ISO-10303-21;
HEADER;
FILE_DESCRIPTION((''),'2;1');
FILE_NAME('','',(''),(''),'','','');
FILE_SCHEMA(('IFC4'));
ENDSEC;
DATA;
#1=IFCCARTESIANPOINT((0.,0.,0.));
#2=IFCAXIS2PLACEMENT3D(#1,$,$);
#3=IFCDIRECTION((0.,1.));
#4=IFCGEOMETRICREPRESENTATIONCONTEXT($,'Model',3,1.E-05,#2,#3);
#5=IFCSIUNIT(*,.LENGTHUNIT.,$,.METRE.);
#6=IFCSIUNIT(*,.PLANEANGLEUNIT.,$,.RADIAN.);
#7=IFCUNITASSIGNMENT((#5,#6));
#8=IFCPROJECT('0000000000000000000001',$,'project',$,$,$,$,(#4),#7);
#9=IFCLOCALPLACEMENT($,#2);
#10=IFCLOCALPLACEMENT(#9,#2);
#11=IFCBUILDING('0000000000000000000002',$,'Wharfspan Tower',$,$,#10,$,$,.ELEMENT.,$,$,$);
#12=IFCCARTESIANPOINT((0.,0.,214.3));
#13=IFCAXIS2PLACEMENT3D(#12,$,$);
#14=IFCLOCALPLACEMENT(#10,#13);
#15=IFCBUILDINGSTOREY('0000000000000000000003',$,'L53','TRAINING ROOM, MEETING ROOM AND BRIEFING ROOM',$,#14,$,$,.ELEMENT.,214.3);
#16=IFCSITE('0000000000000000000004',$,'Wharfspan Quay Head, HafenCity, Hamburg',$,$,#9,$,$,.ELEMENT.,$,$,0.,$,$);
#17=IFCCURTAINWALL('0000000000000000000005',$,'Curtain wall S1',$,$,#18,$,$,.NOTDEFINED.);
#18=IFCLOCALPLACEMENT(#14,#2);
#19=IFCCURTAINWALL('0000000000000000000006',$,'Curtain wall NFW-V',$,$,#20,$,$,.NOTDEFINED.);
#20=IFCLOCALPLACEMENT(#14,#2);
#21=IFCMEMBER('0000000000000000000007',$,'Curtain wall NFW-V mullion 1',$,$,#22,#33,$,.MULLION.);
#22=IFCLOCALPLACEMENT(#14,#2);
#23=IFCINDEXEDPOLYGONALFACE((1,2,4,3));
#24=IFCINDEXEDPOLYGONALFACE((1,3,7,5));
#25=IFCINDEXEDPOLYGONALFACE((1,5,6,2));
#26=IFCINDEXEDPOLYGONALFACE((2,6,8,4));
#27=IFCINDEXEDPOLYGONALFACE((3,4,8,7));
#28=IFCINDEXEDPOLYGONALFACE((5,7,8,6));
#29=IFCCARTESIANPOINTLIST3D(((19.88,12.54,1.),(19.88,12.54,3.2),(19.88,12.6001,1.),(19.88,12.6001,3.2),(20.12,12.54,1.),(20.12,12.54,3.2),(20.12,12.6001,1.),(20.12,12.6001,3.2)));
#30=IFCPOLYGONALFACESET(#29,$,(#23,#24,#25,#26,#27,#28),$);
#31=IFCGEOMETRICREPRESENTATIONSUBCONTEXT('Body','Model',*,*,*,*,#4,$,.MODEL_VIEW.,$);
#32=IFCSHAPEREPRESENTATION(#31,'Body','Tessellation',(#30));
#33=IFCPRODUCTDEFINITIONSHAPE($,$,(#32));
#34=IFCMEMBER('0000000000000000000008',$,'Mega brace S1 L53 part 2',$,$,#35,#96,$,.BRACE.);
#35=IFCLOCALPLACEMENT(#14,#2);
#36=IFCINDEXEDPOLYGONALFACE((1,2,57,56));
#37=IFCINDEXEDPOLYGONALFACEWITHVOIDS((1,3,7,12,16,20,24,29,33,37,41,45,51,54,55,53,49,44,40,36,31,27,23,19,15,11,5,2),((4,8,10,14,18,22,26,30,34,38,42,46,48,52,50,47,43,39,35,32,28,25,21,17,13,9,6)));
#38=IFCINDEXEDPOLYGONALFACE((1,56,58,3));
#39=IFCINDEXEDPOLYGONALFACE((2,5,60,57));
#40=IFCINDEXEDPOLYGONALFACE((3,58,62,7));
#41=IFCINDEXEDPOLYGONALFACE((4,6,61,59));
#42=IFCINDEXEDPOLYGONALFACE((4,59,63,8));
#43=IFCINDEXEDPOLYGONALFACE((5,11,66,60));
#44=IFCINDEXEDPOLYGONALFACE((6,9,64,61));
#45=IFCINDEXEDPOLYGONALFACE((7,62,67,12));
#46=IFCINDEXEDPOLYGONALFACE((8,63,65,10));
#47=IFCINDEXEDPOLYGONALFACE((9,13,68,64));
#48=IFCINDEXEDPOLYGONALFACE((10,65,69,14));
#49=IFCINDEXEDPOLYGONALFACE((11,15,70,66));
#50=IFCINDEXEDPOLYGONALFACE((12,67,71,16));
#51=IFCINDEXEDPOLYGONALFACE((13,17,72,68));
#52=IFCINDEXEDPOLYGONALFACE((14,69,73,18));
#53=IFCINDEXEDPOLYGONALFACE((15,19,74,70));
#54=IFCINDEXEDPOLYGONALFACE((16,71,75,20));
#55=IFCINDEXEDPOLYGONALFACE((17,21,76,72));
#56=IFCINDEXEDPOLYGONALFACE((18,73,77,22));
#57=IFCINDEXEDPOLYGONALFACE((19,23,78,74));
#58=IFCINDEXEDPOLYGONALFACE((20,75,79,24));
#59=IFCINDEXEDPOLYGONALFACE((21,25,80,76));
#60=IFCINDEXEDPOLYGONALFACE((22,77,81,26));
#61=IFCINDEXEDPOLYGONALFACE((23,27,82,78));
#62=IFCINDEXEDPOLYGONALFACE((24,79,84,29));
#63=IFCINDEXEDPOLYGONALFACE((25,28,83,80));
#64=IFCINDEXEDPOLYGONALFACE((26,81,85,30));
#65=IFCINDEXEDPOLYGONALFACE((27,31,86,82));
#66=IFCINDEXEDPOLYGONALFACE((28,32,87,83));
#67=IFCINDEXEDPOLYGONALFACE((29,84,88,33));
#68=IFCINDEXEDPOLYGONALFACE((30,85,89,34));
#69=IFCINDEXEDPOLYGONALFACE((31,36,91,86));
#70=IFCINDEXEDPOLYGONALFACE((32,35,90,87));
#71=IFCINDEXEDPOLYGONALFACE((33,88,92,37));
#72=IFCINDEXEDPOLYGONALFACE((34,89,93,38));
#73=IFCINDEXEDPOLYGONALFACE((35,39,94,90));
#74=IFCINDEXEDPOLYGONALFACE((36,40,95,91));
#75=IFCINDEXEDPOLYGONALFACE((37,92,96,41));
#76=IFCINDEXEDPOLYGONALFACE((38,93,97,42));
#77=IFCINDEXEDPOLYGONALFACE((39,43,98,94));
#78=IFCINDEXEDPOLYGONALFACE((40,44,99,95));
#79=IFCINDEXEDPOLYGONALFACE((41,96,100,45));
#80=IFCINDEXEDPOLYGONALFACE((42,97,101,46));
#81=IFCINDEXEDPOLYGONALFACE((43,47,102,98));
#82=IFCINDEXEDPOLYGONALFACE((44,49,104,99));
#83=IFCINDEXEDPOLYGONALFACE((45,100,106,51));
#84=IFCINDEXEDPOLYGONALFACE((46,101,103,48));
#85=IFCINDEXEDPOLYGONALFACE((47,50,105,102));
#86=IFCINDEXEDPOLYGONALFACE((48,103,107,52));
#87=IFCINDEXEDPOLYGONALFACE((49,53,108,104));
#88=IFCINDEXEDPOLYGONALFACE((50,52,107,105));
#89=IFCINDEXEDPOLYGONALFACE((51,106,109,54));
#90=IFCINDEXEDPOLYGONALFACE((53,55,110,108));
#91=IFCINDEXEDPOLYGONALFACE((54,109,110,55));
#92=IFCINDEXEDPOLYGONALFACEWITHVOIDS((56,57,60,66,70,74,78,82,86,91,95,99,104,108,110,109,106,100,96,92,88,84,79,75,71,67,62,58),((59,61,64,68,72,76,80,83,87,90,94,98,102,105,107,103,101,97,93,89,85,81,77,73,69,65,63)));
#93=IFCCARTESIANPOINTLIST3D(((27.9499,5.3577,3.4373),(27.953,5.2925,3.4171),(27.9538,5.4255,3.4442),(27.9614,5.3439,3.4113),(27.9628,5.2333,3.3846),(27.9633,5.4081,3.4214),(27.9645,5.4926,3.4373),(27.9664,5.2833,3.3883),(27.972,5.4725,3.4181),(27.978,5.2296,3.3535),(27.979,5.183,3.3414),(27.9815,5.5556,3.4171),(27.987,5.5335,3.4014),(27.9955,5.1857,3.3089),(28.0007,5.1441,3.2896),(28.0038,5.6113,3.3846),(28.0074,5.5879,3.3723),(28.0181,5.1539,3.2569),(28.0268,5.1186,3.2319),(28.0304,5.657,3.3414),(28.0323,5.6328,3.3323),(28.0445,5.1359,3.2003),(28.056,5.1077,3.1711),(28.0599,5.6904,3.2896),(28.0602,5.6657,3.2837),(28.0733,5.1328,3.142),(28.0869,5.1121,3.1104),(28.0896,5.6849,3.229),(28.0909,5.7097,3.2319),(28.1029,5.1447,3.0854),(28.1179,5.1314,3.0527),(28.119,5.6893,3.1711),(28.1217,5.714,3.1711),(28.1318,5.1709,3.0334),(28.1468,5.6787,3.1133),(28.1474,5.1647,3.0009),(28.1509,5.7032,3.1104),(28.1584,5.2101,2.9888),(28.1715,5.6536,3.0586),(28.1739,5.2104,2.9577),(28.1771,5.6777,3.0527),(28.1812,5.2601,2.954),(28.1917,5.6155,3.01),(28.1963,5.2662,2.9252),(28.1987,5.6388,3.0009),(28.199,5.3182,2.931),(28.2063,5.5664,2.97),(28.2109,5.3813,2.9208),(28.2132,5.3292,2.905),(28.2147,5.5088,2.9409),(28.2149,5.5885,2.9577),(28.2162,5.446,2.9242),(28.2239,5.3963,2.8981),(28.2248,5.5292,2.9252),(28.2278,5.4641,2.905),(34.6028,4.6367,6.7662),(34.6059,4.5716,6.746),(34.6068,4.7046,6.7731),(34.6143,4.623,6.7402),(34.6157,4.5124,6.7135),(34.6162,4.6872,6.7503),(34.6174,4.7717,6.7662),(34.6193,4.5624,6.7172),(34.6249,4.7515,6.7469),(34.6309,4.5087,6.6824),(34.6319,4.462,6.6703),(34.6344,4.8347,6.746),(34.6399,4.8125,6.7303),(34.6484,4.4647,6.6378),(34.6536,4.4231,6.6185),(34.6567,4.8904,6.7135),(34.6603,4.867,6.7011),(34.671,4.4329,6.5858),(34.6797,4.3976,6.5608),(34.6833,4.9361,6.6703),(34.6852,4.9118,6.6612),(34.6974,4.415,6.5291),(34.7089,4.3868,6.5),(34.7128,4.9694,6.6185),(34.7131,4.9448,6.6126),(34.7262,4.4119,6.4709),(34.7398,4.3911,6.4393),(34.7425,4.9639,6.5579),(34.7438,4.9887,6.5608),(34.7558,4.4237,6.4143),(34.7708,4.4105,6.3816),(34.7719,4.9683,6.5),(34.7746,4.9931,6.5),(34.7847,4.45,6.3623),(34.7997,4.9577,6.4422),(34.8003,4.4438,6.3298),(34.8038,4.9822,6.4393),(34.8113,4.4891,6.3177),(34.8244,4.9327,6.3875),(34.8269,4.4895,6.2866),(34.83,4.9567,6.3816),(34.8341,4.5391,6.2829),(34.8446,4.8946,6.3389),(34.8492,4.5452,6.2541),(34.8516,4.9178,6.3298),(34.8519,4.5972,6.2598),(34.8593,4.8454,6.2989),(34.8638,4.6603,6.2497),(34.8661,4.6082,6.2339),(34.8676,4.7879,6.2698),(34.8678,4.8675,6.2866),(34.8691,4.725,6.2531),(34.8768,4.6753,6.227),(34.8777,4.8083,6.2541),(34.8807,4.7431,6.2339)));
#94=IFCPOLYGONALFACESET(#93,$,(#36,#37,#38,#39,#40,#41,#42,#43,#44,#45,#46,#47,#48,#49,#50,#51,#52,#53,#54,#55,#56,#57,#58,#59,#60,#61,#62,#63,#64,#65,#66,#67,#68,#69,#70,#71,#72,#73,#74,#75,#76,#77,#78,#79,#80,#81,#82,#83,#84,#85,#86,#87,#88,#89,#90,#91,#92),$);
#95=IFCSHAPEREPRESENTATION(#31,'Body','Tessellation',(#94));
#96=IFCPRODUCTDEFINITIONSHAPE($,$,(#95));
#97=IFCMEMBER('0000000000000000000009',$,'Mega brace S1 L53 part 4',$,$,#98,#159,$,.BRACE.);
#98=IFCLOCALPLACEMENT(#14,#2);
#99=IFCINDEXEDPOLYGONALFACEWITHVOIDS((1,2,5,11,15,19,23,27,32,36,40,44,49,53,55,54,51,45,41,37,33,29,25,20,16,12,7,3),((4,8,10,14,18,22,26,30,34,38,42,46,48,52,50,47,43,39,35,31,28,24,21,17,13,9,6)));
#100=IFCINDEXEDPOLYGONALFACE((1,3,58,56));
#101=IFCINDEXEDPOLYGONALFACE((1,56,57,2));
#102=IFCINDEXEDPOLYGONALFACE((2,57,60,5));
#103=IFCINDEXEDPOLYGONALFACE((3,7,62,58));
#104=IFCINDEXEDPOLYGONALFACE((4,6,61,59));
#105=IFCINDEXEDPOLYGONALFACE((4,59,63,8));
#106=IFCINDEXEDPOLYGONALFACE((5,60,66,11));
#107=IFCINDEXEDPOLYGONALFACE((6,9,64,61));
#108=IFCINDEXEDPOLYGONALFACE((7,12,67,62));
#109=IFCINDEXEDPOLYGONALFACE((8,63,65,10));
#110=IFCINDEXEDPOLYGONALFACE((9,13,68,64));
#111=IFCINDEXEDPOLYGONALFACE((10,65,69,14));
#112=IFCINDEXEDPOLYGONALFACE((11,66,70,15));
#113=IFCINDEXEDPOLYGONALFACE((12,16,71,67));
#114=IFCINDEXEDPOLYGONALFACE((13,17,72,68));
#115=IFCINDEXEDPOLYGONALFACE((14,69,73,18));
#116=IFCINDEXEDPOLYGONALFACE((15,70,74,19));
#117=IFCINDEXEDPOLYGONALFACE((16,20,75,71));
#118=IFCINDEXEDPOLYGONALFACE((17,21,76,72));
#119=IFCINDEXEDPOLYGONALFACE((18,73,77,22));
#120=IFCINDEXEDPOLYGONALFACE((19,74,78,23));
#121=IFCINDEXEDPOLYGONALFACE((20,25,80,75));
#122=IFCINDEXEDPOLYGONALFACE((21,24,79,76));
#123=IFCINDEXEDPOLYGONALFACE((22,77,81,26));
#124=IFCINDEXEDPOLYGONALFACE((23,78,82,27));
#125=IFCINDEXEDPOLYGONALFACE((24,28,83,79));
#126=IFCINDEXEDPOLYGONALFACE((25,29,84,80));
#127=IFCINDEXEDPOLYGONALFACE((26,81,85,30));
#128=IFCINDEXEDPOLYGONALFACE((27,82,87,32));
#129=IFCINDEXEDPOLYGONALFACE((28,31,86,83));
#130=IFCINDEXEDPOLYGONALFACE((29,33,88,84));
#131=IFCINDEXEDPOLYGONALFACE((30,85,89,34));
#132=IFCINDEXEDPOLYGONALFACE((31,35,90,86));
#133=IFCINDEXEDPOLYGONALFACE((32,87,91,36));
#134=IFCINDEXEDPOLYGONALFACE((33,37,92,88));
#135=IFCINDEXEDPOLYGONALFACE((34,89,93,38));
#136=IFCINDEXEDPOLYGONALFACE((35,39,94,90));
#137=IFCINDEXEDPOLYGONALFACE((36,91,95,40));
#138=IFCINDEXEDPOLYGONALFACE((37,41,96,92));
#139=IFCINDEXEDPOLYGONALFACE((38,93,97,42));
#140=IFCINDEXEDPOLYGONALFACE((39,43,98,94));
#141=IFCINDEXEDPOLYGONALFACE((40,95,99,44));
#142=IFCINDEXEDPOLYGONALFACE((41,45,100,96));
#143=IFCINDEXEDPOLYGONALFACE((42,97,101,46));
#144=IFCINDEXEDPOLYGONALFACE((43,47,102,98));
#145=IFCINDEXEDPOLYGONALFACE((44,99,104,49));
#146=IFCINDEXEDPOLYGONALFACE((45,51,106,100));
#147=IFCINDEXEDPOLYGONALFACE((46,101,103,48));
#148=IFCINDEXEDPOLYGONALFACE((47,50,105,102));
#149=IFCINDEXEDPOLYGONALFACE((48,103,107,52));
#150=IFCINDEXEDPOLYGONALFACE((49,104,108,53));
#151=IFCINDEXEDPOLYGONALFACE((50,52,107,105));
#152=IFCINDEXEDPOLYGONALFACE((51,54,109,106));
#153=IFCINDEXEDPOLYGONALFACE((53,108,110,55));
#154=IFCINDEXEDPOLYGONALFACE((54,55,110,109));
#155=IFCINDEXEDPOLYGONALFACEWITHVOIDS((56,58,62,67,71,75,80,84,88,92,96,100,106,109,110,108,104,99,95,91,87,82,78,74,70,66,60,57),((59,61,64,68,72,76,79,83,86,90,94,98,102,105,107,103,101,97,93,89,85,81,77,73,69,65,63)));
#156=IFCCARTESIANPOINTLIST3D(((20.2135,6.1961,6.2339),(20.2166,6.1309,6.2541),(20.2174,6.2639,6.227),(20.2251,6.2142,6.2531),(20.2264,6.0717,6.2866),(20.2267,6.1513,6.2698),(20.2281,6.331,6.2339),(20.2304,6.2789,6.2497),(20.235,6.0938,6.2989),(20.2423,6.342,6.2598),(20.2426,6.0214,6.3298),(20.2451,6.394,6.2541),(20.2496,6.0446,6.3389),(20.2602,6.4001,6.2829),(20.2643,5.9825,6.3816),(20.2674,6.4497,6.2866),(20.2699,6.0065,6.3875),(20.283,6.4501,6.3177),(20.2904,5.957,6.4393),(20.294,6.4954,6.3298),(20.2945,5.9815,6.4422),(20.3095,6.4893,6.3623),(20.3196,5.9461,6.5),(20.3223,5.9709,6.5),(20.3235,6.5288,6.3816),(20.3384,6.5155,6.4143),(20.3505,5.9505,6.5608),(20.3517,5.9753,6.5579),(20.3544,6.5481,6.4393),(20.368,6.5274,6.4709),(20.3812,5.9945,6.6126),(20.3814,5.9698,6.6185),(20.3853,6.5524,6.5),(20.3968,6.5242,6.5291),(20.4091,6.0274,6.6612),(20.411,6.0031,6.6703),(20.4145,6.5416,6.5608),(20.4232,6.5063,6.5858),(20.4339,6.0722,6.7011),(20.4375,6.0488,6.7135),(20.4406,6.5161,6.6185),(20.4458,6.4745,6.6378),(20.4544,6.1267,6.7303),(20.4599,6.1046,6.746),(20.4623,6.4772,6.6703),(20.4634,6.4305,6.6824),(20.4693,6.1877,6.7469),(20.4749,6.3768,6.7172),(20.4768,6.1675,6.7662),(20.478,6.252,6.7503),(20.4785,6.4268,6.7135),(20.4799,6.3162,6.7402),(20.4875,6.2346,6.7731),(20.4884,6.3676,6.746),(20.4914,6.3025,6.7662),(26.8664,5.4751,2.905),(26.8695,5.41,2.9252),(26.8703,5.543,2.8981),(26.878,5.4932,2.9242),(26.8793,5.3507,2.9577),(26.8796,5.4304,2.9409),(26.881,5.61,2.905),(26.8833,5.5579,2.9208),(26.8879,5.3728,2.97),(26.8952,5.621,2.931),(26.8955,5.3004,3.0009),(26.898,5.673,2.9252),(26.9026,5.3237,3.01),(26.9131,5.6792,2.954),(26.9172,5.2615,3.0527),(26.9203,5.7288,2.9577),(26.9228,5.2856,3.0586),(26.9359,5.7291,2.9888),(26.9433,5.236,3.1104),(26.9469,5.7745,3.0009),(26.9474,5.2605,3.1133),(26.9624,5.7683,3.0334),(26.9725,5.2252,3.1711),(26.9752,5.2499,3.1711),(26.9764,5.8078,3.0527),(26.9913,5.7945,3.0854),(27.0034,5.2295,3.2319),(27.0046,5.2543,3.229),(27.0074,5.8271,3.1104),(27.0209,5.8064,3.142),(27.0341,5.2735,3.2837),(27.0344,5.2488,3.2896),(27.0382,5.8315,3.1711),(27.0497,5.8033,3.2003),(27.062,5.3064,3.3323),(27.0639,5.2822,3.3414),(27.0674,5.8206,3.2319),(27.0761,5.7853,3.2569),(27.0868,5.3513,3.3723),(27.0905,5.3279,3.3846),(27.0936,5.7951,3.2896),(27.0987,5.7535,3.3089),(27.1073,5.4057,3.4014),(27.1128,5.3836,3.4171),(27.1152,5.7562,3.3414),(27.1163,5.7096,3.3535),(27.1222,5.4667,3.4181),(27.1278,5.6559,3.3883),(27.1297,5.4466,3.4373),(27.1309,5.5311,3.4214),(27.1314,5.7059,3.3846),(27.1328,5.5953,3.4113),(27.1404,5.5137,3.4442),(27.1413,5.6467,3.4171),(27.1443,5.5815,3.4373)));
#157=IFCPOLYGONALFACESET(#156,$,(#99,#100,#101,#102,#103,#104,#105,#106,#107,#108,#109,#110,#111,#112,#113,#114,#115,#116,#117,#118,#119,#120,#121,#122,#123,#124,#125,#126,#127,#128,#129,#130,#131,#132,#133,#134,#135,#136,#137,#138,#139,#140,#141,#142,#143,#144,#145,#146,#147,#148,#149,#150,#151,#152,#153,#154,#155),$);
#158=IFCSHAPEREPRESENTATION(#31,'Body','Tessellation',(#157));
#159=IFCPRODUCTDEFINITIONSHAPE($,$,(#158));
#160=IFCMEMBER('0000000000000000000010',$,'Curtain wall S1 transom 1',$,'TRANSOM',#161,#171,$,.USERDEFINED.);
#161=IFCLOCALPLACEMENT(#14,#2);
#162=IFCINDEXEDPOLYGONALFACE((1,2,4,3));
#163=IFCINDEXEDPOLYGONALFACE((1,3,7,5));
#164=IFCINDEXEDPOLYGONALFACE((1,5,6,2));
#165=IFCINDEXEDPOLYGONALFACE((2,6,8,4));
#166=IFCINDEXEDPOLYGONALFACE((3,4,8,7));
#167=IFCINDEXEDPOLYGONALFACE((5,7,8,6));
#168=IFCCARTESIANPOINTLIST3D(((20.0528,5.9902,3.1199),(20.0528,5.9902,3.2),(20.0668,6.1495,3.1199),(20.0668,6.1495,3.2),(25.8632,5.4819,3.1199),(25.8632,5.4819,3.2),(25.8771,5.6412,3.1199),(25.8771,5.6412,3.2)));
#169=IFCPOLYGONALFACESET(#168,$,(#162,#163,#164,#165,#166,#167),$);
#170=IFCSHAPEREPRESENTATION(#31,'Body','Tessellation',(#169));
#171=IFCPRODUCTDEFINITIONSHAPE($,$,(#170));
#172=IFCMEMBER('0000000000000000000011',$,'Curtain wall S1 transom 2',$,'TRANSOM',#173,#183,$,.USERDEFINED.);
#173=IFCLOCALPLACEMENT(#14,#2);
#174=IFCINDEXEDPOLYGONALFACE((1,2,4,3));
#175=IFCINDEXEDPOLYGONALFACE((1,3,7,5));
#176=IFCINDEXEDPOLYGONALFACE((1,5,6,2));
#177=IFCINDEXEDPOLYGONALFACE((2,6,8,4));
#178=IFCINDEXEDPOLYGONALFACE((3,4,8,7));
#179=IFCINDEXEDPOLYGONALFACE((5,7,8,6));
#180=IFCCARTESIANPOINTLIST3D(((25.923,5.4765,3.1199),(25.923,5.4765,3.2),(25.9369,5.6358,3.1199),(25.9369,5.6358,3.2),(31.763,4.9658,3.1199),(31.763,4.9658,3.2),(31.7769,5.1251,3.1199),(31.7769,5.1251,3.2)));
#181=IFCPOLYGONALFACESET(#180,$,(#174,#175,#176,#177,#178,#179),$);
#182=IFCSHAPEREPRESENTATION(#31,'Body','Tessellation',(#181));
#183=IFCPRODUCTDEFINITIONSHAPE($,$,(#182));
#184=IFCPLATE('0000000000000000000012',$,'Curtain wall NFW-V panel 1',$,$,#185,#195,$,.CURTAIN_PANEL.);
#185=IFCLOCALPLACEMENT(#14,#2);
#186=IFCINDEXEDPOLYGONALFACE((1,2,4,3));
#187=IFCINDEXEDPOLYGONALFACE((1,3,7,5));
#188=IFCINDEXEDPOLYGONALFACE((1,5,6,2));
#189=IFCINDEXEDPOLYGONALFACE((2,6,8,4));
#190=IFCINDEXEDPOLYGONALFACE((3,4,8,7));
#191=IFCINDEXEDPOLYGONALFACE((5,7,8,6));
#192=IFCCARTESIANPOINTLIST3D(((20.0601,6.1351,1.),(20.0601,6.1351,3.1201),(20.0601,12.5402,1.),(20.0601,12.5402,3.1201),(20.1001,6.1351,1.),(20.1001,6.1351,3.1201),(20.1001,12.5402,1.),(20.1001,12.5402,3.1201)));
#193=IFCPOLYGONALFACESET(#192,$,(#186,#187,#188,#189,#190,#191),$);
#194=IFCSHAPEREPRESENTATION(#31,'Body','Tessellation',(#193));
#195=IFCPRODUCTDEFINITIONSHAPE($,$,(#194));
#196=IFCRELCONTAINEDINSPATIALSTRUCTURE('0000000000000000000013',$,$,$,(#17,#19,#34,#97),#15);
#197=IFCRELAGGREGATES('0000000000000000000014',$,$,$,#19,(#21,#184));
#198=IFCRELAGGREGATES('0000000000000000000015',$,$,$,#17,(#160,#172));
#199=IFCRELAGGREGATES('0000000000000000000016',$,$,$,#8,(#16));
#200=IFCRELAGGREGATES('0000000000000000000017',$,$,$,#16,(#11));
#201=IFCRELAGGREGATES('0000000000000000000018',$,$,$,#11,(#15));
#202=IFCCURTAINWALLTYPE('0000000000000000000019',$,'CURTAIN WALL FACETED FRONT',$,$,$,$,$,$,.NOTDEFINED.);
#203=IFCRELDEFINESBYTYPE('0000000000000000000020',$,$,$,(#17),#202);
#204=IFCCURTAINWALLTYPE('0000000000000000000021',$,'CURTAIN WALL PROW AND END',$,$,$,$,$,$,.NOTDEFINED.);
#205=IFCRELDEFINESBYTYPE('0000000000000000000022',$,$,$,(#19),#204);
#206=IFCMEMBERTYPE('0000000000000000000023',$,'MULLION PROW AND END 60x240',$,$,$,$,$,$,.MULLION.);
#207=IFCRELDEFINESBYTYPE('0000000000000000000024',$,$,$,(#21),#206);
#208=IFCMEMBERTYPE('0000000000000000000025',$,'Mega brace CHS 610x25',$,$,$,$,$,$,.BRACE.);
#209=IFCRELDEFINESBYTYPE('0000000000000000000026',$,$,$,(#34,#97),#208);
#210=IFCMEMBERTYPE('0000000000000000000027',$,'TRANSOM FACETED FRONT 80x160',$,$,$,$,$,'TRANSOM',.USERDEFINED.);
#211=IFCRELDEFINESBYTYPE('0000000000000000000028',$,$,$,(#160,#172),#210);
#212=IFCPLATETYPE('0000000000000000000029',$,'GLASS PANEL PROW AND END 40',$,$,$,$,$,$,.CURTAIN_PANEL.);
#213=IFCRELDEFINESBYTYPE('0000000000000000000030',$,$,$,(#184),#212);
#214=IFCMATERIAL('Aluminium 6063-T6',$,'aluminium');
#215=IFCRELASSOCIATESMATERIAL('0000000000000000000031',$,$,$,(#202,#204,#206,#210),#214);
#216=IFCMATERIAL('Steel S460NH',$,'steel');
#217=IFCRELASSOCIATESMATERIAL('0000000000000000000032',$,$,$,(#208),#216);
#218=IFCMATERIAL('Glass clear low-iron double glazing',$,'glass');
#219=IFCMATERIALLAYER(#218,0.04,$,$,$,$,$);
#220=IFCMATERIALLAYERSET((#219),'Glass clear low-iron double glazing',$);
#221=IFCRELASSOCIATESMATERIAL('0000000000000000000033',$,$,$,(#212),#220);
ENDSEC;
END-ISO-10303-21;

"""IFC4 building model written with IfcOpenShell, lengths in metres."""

from ifc_helpers import new_model, si_unit, direction, frame, origin, origin_2d, place, context, subcontext, project, spatial, rectangle, hollow_circle, extrude, material, layer, layer_set, material_profile, profile_set, type_object, element, aggregate, save


model = new_model("IFC4")

# Units and contexts
model_context = context("Model", 3, precision=1e-05, world=origin(), true_north=direction((0.0, 1.0)))
body_context = subcontext(model_context, "Body", "Model", "MODEL_VIEW")
ifc_project = project(units=[si_unit("LENGTHUNIT", "METRE"), si_unit("PLANEANGLEUNIT", "RADIAN")], contexts=[model_context])

# Site, building, storey
site_placement = place(None, origin())
site = spatial("IfcSite", under=ifc_project, at=site_placement, Name="Wharfspan Quay Head, HafenCity, Hamburg", CompositionType="ELEMENT", RefElevation=0.0)
building_placement = place(site_placement, origin())
building = spatial("IfcBuilding", under=site, at=building_placement, Name="Wharfspan Tower", CompositionType="ELEMENT")
storey_placement = place(building_placement, frame((0.0, 0.0, 214.3)))
storey = spatial("IfcBuildingStorey", under=building, at=storey_placement, Name="L53", Description="TRAINING ROOM, MEETING ROOM AND BRIEFING ROOM", CompositionType="ELEMENT", Elevation=214.3)

# Curtain wall
ifc_material_1 = material(Name="Aluminium 6063-T6", Category="aluminium")
curtain_wall_type_1 = type_object("IfcCurtainWallType", Name="CURTAIN WALL FACETED FRONT", PredefinedType="NOTDEFINED", material=ifc_material_1)
curtain_wall_1_placement = place(storey_placement, origin())
curtain_wall_1 = element("IfcCurtainWall", 1, at=curtain_wall_1_placement, inside=storey, type_object=curtain_wall_type_1, Name="Curtain wall S1", PredefinedType="NOTDEFINED")

# Curtain wall, member
curtain_wall_type_2 = type_object("IfcCurtainWallType", Name="CURTAIN WALL PROW AND END", PredefinedType="NOTDEFINED", material=ifc_material_1)
curtain_wall_2_placement = place(storey_placement, origin())
curtain_wall_2 = element("IfcCurtainWall", 2, at=curtain_wall_2_placement, inside=storey, type_object=curtain_wall_type_2, Name="Curtain wall NFW-V", PredefinedType="NOTDEFINED")
ifc_material_profile_1 = material_profile(ifc_material_1, rectangle(XDim=0.24, YDim=0.0601, at=origin_2d()))
ifc_profile_set_1 = profile_set([ifc_material_profile_1], Name="Aluminium 6063-T6")
member_type_1 = type_object("IfcMemberType", Name="MULLION PROW AND END 60x240", PredefinedType="MULLION", material=ifc_profile_set_1)
member_1_placement = place(storey_placement, frame((20.0, 12.5701, 1.0), z_axis=(0.0, 0.0, 1.0), x_axis=(1.0, 0.0, 0.0)))
member_1 = element("IfcMember", 3, at=member_1_placement, type_object=member_type_1, Name="Curtain wall NFW-V mullion 1", PredefinedType="MULLION", context=body_context, shape_type="SweptSolid", body=[
    extrude(rectangle(XDim=0.24, YDim=0.0601, at=origin_2d()), origin(), (0.0, 0.0, 1.0), 2.2),
])

# Members
ifc_material_2 = material(Name="Steel S460NH", Category="steel")
ifc_material_profile_2 = material_profile(ifc_material_2, hollow_circle(Radius=0.3049, WallThickness=0.0249, at=origin_2d()))
ifc_profile_set_2 = profile_set([ifc_material_profile_2], Name="Steel S460NH")
member_type_2 = type_object("IfcMemberType", Name="Mega brace CHS 610x25", PredefinedType="BRACE", material=ifc_profile_set_2)
for number, where, z_axis, x_axis, name in (
    (4, (28.0889, 5.4109, 3.1711), (0.890126, -0.09646, 0.445389), (0.107737, 0.99418, -0.000002), "Mega brace S1 L53 part 2"),
    (5, (27.0054, 5.5283, 3.1711), (-0.890126, 0.09646, 0.445389), (-0.107737, -0.99418, -0.000002), "Mega brace S1 L53 part 4"),
):
    element("IfcMember", number, at=place(storey_placement, frame(where, z_axis=z_axis, x_axis=x_axis)), inside=storey, type_object=member_type_2, Name=name, PredefinedType="BRACE", context=body_context, shape_type="SweptSolid", body=[
        extrude(hollow_circle(Radius=0.3049, WallThickness=0.0249, at=origin_2d()), origin(), (0.0, 0.0, 1.0), 7.4741),
    ])

# Members
ifc_material_profile_3 = material_profile(ifc_material_1, rectangle(XDim=0.1599, YDim=0.0801, at=origin_2d()))
ifc_profile_set_3 = profile_set([ifc_material_profile_3], Name="Aluminium 6063-T6")
member_type_3 = type_object("IfcMemberType", Name="TRANSOM FACETED FRONT 80x160", ElementType="TRANSOM", PredefinedType="USERDEFINED", material=ifc_profile_set_3)
member_2_placement = place(storey_placement, frame((20.0598, 6.0698, 3.1599), z_axis=(0.996195, -0.08715, 0.0), x_axis=(0.08715, 0.996195, 0.0)))
member_2 = element("IfcMember", 6, at=member_2_placement, type_object=member_type_3, Name="Curtain wall S1 transom 1", ObjectType="TRANSOM", PredefinedType="USERDEFINED", context=body_context, shape_type="SweptSolid", body=[
    extrude(rectangle(XDim=0.1599, YDim=0.0801, at=origin_2d()), origin(), (0.0, 0.0, 1.0), 5.8325),
])
member_3_placement = place(storey_placement, frame((25.9299, 5.5562, 3.1599), z_axis=(0.996198, -0.087122, 0.0), x_axis=(0.087122, 0.996198, 0.0)))
member_3 = element("IfcMember", 7, at=member_3_placement, type_object=member_type_3, Name="Curtain wall S1 transom 2", ObjectType="TRANSOM", PredefinedType="USERDEFINED", context=body_context, shape_type="SweptSolid", body=[
    extrude(rectangle(XDim=0.1599, YDim=0.0801, at=origin_2d()), origin(), (0.0, 0.0, 1.0), 5.8623),
])

# Plate
ifc_material_3 = material(Name="Glass clear low-iron double glazing", Category="glass")
ifc_layer_1 = layer(ifc_material_3, 0.04)
ifc_layer_set_1 = layer_set([ifc_layer_1], Name="Glass clear low-iron double glazing")
plate_type_1 = type_object("IfcPlateType", Name="GLASS PANEL PROW AND END 40", PredefinedType="CURTAIN_PANEL", material=ifc_layer_set_1)
plate_1_placement = place(storey_placement, frame((20.0801, 9.3376, 1.0), z_axis=(0.0, 0.0, 1.0), x_axis=(0.0, -1.0, 0.0)))
plate_1 = element("IfcPlate", 8, at=plate_1_placement, type_object=plate_type_1, Name="Curtain wall NFW-V panel 1", PredefinedType="CURTAIN_PANEL", context=body_context, shape_type="SweptSolid", body=[
    extrude(rectangle(XDim=6.405, YDim=0.04, at=origin_2d()), origin(), (0.0, 0.0, 1.0), 2.1201),
])
aggregate(curtain_wall_2, [member_1, plate_1])
aggregate(curtain_wall_1, [member_2, member_3])

save(model, "model.ifc")
